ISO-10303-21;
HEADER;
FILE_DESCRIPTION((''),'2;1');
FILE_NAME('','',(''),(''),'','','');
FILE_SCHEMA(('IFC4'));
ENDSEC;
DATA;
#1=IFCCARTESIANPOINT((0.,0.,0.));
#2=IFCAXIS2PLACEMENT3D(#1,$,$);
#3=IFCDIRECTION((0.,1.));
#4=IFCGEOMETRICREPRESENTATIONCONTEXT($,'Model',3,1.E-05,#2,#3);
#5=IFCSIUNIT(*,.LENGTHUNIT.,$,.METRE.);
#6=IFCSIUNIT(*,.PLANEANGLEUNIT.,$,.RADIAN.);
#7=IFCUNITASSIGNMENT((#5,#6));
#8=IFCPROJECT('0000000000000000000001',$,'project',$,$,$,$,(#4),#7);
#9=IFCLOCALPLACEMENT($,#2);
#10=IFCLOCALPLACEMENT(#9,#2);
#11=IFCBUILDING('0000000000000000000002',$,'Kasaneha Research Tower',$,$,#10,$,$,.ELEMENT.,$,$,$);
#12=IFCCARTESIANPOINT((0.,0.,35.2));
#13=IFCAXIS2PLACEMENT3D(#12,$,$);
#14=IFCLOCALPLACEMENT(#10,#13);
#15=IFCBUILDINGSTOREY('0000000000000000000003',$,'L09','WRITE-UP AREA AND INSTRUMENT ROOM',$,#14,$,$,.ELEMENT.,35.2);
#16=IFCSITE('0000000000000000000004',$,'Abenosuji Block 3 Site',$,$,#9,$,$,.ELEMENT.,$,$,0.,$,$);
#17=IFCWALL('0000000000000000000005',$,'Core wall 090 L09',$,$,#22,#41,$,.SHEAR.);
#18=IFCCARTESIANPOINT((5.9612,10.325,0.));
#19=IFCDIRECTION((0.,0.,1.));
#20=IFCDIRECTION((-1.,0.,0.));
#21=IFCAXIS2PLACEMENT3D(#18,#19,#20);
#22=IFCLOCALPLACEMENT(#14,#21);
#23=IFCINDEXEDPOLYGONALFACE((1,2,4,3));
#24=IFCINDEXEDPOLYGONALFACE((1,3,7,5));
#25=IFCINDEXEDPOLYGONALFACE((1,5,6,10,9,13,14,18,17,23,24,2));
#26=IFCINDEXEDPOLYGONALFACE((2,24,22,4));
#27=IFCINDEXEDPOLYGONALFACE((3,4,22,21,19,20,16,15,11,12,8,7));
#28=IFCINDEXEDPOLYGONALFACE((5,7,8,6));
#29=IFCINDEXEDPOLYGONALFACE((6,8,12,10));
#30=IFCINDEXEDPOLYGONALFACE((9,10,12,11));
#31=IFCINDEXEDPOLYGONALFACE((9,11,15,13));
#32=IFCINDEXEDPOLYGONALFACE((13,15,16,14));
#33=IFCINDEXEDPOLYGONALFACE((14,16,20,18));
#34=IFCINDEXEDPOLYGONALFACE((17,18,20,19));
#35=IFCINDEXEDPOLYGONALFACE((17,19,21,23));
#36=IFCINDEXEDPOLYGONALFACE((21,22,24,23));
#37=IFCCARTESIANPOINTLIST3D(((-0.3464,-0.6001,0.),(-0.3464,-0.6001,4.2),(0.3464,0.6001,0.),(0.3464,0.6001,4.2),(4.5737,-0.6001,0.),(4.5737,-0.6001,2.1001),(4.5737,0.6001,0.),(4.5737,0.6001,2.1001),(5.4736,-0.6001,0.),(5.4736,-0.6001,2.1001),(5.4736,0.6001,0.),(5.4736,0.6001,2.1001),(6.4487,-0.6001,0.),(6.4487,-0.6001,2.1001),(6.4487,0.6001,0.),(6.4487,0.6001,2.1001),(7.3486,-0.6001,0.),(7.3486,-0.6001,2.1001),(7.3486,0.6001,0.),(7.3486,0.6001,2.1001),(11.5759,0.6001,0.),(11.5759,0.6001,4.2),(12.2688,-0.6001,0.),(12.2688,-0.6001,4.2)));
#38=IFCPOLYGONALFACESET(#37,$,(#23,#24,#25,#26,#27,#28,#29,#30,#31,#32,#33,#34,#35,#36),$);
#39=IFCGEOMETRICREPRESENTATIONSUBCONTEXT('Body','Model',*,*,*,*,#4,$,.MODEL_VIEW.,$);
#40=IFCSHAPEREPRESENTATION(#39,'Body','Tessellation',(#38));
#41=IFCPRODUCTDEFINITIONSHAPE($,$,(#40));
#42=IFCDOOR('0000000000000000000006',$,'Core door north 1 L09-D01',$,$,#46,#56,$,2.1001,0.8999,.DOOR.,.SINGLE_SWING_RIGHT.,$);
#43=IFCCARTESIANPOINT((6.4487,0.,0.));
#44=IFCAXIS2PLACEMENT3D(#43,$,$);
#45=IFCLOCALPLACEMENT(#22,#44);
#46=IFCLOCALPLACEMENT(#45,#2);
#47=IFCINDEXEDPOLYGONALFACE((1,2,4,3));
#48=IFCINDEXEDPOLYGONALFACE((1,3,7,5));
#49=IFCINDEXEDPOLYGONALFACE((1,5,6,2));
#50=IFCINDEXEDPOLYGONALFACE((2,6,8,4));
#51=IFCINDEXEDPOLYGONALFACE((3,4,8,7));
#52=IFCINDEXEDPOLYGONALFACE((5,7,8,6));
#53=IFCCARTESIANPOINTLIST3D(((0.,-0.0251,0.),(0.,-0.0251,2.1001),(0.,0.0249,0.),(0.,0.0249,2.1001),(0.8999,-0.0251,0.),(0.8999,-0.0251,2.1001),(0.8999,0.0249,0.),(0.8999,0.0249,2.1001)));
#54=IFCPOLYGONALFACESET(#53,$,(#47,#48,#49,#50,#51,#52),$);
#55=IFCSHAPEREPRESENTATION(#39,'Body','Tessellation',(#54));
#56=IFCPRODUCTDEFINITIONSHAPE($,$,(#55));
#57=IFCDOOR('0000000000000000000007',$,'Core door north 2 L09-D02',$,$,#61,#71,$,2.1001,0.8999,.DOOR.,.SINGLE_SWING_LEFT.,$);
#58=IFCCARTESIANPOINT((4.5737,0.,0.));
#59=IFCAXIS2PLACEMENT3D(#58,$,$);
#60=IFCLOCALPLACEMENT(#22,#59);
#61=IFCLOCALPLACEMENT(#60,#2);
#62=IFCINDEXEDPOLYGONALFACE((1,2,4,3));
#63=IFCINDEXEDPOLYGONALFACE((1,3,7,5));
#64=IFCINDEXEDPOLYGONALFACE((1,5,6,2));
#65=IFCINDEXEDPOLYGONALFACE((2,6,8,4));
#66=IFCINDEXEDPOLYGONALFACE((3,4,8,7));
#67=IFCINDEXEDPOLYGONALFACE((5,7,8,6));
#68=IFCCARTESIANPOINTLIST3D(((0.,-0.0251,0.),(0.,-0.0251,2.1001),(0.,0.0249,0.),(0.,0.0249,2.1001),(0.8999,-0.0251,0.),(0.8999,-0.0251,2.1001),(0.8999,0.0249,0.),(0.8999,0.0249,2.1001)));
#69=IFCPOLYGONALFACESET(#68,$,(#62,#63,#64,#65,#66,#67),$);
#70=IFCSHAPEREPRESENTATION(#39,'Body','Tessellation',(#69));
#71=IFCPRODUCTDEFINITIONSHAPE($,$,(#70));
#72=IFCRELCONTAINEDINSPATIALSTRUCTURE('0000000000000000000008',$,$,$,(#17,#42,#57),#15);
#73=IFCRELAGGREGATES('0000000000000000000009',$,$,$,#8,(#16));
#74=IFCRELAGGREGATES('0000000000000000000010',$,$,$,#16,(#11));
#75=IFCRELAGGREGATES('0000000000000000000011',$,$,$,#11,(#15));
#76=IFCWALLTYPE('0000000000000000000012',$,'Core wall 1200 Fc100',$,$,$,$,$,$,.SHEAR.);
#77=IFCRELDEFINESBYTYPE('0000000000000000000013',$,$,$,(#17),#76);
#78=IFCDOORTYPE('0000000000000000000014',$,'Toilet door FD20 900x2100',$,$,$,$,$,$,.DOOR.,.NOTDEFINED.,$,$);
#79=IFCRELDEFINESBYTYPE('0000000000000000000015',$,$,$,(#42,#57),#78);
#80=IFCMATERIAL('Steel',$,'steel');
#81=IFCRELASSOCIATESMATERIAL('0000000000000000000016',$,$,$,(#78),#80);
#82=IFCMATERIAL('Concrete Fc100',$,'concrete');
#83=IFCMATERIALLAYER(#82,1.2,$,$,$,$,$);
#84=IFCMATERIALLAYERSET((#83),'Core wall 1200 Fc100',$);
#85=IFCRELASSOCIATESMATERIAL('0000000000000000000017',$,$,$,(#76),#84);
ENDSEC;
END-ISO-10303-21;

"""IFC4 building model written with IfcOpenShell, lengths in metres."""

from ifc_helpers import new_model, si_unit, direction, frame, frame_2d, origin, place, context, subcontext, project, spatial, polyline, rectangle, outline, extrude, material, layer, layer_set, type_object, element, fill, save


model = new_model("IFC4")

# Units and contexts
model_context = context("Model", 3, precision=1e-05, world=origin(), true_north=direction((0.0, 1.0)))
body_context = subcontext(model_context, "Body", "Model", "MODEL_VIEW")
ifc_project = project(units=[si_unit("LENGTHUNIT", "METRE"), si_unit("PLANEANGLEUNIT", "RADIAN")], contexts=[model_context])

# Site, building, storey
site_placement = place(None, origin())
site = spatial("IfcSite", under=ifc_project, at=site_placement, Name="Abenosuji Block 3 Site", CompositionType="ELEMENT", RefElevation=0.0)
building_placement = place(site_placement, origin())
building = spatial("IfcBuilding", under=site, at=building_placement, Name="Kasaneha Research Tower", CompositionType="ELEMENT")
storey_placement = place(building_placement, frame((0.0, 0.0, 35.2)))
storey = spatial("IfcBuildingStorey", under=building, at=storey_placement, Name="L09", Description="WRITE-UP AREA AND INSTRUMENT ROOM", CompositionType="ELEMENT", Elevation=35.2)

# Shared definitions
ifc_material_1 = material(Name="Steel", Category="steel")
door_type_1 = type_object("IfcDoorType", Name="Toilet door FD20 900x2100", OperationType="NOTDEFINED", PredefinedType="DOOR", material=ifc_material_1)

# Wall, openings, doors
ifc_material_2 = material(Name="Concrete Fc100", Category="concrete")
ifc_layer_1 = layer(ifc_material_2, 1.2)
ifc_layer_set_1 = layer_set([ifc_layer_1], Name="Core wall 1200 Fc100")
wall_type_1 = type_object("IfcWallType", Name="Core wall 1200 Fc100", PredefinedType="SHEAR", material=ifc_layer_set_1)
wall_1_placement = place(storey_placement, frame((5.9612, 10.325, 0.0), z_axis=(0.0, 0.0, 1.0), x_axis=(-1.0, 0.0, 0.0)))
wall_1 = element("IfcWall", 1, at=wall_1_placement, inside=storey, type_object=wall_type_1, Name="Core wall 090 L09", PredefinedType="SHEAR", context=body_context, shape_type="SweptSolid", body=[
    extrude(outline(polyline([(-0.3464, -0.6001), (4.5737, -0.6001), (5.4736, -0.6001), (6.4487, -0.6001), (7.3486, -0.6001), (12.2688, -0.6001), (11.5759, 0.6001), (7.3486, 0.6001), (6.4487, 0.6001), (5.4736, 0.6001), (4.5737, 0.6001), (0.3464, 0.6001), (-0.3464, -0.6001)])), origin(), (0.0, 0.0, 1.0), 4.2),
])
opening_1_placement = place(wall_1_placement, frame((6.4487, 0.0, 0.0)))
opening_1 = element("IfcOpeningElement", 2, at=opening_1_placement, cuts=wall_1, PredefinedType="OPENING", context=body_context, shape_type="SweptSolid", body=[
    extrude(rectangle(XDim=0.8999, YDim=2.1001, at=frame_2d((0.45, 1.05))), frame((0.0, 0.6099, 0.0), z_axis=(0.0, -1.0, 0.0), x_axis=(1.0, 0.0, 0.0)), (0.0, 0.0, 1.0), 1.22),
])
opening_2_placement = place(wall_1_placement, frame((4.5737, 0.0, 0.0)))
opening_2 = element("IfcOpeningElement", 3, at=opening_2_placement, cuts=wall_1, PredefinedType="OPENING", context=body_context, shape_type="SweptSolid", body=[
    extrude(rectangle(XDim=0.8999, YDim=2.1001, at=frame_2d((0.45, 1.05))), frame((0.0, 0.6099, 0.0), z_axis=(0.0, -1.0, 0.0), x_axis=(1.0, 0.0, 0.0)), (0.0, 0.0, 1.0), 1.22),
])
door_1_placement = place(opening_1_placement, origin())
door_1 = element("IfcDoor", 4, at=door_1_placement, inside=storey, type_object=door_type_1, Name="Core door north 1 L09-D01", OperationType="SINGLE_SWING_RIGHT", OverallHeight=2.1001, OverallWidth=0.8999, PredefinedType="DOOR", context=body_context, shape_type="SweptSolid", body=[
    extrude(rectangle(XDim=0.8999, YDim=2.1001, at=frame_2d((0.45, 1.05))), frame((0.0, 0.0249, 0.0), z_axis=(0.0, -1.0, 0.0), x_axis=(1.0, 0.0, 0.0)), (0.0, 0.0, 1.0), 0.05),
])
fill(opening_1, door_1)
door_2_placement = place(opening_2_placement, origin())
door_2 = element("IfcDoor", 5, at=door_2_placement, inside=storey, type_object=door_type_1, Name="Core door north 2 L09-D02", OperationType="SINGLE_SWING_LEFT", OverallHeight=2.1001, OverallWidth=0.8999, PredefinedType="DOOR", context=body_context, shape_type="SweptSolid", body=[
    extrude(rectangle(XDim=0.8999, YDim=2.1001, at=frame_2d((0.45, 1.05))), frame((0.0, 0.0249, 0.0), z_axis=(0.0, -1.0, 0.0), x_axis=(1.0, 0.0, 0.0)), (0.0, 0.0, 1.0), 0.05),
])
fill(opening_2, door_2)

save(model, "model.ifc")
